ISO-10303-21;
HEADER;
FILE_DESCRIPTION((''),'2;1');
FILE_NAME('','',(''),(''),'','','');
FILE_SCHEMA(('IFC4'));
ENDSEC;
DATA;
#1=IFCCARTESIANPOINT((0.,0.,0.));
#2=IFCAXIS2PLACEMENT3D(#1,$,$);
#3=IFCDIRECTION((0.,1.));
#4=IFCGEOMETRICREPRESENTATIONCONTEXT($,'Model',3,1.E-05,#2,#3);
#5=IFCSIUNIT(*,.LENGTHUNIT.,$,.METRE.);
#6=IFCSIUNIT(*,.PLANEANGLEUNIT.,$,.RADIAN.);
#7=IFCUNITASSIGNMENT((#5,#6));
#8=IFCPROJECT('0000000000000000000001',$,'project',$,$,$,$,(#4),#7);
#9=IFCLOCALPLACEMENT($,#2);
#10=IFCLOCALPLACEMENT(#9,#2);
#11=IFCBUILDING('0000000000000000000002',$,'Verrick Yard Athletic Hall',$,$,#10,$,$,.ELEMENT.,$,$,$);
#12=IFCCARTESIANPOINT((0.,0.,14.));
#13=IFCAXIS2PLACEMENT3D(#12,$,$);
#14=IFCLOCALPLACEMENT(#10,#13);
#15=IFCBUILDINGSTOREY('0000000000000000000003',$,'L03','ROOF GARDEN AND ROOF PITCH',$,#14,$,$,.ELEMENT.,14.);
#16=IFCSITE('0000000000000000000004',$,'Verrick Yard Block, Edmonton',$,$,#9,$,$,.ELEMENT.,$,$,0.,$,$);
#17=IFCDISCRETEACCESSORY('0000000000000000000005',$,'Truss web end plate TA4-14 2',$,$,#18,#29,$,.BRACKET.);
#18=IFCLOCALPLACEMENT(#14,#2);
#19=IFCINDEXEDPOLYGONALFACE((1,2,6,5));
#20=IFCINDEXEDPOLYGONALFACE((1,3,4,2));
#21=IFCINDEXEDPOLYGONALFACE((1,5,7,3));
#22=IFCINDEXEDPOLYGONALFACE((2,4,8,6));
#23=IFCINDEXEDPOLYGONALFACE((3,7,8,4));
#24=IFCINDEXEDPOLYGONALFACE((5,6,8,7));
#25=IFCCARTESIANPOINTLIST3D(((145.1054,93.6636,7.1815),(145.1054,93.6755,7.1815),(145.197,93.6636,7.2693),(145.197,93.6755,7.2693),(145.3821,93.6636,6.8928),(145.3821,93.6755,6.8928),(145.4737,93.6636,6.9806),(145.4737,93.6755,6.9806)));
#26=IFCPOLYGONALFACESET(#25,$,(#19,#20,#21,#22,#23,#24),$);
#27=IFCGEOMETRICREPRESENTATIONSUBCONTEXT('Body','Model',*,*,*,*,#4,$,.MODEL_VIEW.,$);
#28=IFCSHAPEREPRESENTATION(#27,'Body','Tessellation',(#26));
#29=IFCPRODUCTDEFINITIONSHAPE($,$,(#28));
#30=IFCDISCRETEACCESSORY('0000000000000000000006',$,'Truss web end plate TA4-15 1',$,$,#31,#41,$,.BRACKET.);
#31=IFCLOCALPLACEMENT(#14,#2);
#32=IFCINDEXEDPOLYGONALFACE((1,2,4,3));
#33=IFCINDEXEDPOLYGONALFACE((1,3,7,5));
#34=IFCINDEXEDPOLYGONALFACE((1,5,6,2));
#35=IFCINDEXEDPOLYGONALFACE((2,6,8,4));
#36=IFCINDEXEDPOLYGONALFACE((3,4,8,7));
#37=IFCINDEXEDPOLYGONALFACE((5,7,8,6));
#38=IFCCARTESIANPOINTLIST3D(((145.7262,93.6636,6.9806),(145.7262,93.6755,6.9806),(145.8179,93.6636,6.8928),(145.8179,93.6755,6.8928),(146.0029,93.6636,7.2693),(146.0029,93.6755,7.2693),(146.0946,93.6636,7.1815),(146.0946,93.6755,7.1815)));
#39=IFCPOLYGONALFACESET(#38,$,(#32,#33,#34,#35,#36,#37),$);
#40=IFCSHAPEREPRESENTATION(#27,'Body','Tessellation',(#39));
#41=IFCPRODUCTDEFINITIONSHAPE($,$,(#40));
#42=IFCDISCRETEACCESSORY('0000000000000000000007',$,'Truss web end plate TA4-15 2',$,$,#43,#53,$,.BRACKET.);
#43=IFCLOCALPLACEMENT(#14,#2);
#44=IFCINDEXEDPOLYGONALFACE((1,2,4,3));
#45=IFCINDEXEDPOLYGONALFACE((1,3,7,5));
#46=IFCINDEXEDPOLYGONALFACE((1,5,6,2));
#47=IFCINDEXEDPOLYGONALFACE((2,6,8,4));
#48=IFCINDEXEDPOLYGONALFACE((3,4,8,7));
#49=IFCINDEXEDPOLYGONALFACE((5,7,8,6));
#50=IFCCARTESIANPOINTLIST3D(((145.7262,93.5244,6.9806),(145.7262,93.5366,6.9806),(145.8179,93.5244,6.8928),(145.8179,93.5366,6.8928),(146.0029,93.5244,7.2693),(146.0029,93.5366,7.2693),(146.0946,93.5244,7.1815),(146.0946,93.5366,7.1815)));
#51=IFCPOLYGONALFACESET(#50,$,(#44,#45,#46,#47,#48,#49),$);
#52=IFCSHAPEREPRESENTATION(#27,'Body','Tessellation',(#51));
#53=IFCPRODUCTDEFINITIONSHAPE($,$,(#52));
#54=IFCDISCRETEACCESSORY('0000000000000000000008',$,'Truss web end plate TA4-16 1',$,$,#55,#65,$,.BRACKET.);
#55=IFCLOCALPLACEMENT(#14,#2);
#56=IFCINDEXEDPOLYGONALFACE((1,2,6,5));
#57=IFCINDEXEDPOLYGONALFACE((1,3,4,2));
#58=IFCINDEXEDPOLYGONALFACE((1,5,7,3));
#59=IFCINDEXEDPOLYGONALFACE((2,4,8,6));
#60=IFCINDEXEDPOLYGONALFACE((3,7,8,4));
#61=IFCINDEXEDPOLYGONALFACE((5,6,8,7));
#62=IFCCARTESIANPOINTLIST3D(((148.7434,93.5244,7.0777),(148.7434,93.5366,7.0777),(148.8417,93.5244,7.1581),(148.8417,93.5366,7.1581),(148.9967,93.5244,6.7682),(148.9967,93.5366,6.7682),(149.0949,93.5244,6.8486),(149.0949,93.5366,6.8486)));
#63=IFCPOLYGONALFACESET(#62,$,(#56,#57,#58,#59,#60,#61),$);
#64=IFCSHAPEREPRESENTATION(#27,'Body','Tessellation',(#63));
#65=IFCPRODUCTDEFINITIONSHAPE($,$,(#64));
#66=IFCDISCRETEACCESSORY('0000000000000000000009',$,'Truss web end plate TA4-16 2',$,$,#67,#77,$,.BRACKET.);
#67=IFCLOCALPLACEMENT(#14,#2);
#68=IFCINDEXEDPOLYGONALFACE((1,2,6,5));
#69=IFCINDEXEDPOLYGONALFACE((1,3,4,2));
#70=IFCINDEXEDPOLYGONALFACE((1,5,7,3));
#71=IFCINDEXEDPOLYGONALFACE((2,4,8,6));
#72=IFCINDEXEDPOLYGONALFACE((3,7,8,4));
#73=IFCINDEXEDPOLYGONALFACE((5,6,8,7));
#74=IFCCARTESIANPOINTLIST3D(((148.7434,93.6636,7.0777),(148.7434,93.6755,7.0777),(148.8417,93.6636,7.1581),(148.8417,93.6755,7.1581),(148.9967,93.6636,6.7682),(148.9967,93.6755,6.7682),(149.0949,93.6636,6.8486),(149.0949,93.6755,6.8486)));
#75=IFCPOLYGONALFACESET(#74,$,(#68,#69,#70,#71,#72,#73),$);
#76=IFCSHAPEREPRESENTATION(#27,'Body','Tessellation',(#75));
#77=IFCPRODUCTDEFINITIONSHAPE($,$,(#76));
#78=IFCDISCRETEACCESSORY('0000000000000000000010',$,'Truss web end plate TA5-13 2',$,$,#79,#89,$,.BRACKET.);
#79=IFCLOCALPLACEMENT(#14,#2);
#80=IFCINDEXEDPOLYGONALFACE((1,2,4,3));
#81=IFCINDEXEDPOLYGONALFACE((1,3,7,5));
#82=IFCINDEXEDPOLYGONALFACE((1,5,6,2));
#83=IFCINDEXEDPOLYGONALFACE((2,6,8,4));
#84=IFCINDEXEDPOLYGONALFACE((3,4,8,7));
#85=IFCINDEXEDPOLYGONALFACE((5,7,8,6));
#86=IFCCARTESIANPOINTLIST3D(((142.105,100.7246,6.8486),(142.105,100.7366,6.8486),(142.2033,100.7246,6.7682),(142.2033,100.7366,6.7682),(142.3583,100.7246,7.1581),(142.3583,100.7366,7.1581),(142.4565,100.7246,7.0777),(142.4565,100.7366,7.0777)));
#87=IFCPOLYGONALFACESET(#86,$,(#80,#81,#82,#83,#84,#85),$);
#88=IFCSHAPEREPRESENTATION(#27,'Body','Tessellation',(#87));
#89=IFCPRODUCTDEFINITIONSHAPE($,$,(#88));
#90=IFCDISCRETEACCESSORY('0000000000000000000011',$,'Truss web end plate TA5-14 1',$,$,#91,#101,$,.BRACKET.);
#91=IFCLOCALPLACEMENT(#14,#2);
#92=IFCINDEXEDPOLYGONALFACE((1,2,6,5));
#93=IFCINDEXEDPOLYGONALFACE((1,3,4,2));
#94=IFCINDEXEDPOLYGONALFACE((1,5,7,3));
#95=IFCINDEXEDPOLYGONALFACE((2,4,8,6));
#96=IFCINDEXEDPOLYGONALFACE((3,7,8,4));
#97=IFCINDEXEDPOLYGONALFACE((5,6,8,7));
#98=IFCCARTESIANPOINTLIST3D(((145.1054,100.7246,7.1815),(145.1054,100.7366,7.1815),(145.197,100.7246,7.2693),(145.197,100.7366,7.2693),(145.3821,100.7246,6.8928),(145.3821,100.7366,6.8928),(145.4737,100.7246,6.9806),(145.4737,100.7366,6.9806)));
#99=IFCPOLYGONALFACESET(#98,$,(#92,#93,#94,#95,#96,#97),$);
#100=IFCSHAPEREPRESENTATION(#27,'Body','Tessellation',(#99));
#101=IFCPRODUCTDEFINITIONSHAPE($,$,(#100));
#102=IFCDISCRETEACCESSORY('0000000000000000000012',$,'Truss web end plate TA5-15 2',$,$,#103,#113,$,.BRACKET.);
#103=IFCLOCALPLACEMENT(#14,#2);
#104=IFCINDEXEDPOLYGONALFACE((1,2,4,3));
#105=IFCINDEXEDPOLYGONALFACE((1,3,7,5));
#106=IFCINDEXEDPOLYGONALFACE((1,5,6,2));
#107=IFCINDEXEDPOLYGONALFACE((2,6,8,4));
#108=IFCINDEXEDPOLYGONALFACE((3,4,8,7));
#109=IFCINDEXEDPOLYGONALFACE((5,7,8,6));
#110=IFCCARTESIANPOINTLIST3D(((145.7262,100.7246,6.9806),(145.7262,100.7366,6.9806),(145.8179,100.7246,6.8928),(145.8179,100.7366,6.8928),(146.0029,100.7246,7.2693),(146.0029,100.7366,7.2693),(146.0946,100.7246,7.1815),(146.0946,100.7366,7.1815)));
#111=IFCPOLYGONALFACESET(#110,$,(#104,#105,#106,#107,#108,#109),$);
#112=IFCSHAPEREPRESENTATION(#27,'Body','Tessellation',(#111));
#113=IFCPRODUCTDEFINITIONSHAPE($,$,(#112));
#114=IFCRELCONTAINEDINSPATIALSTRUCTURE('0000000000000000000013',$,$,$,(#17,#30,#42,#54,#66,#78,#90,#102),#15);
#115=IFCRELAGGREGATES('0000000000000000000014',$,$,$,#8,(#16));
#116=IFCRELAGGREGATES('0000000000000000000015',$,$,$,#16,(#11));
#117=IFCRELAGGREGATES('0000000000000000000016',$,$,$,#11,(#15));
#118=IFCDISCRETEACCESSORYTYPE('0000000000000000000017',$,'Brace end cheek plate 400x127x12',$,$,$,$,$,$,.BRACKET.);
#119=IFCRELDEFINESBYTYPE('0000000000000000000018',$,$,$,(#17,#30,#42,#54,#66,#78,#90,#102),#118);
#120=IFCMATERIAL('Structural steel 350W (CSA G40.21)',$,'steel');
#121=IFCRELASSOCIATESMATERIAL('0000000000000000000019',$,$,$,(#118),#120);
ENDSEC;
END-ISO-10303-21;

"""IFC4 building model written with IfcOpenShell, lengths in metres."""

from ifc_helpers import new_model, si_unit, direction, frame, origin, origin_2d, place, context, subcontext, project, spatial, rectangle, extrude, material, material_profile, profile_set, type_object, element, save


model = new_model("IFC4")

# Units and contexts
model_context = context("Model", 3, precision=1e-05, world=origin(), true_north=direction((0.0, 1.0)))
body_context = subcontext(model_context, "Body", "Model", "MODEL_VIEW")
ifc_project = project(units=[si_unit("LENGTHUNIT", "METRE"), si_unit("PLANEANGLEUNIT", "RADIAN")], contexts=[model_context])

# Site, building, storey
site_placement = place(None, origin())
site = spatial("IfcSite", under=ifc_project, at=site_placement, Name="Verrick Yard Block, Edmonton", CompositionType="ELEMENT", RefElevation=0.0)
building_placement = place(site_placement, origin())
building = spatial("IfcBuilding", under=site, at=building_placement, Name="Verrick Yard Athletic Hall", CompositionType="ELEMENT")
storey_placement = place(building_placement, frame((0.0, 0.0, 14.0)))
storey = spatial("IfcBuildingStorey", under=building, at=storey_placement, Name="L03", Description="ROOF GARDEN AND ROOF PITCH", CompositionType="ELEMENT", Elevation=14.0)

# Discrete accessories
ifc_material_1 = material(Name="Structural steel 350W (CSA G40.21)", Category="steel")
ifc_material_profile_1 = material_profile(ifc_material_1, rectangle(XDim=0.3999, YDim=0.127, at=origin_2d()), Name="Brace end cheek plate")
ifc_profile_set_1 = profile_set([ifc_material_profile_1], Name="Structural steel 350W (CSA G40.21)")
discrete_accessory_type = type_object("IfcDiscreteAccessoryType", Name="Brace end cheek plate 400x127x12", PredefinedType="BRACKET", material=ifc_profile_set_1)
for number, where, z_axis, x_axis, name in (
    (1, (145.2896, 93.6636, 7.0811), (0.0, 1.0, 0.0), (-0.691925, 0.0, 0.721969), "Truss web end plate TA4-14 2"),
    (2, (145.9104, 93.6636, 7.0811), (0.0, 1.0, 0.0), (0.691925, 0.0, 0.721969), "Truss web end plate TA4-15 1"),
):
    element("IfcDiscreteAccessory", number, at=place(storey_placement, frame(where, z_axis=z_axis, x_axis=x_axis)), inside=storey, type_object=discrete_accessory_type, Name=name, PredefinedType="BRACKET", context=body_context, shape_type="SweptSolid", body=[
        extrude(rectangle(XDim=0.3999, YDim=0.127, at=origin_2d()), origin(), (0.0, 0.0, 1.0), 0.012),
    ])
for number, where, z_axis, x_axis, name in (
    (3, (145.9104, 93.5366, 7.0811), (0.0, -1.0, 0.0), (0.691925, 0.0, 0.721969), "Truss web end plate TA4-15 2"),
    (4, (148.9192, 93.5366, 6.9631), (0.0, -1.0, 0.0), (-0.633246, 0.0, 0.773951), "Truss web end plate TA4-16 1"),
):
    element("IfcDiscreteAccessory", number, at=place(storey_placement, frame(where, z_axis=z_axis, x_axis=x_axis)), inside=storey, type_object=discrete_accessory_type, Name=name, PredefinedType="BRACKET", context=body_context, shape_type="SweptSolid", body=[
        extrude(rectangle(XDim=0.3999, YDim=0.127, at=origin_2d()), origin(), (0.0, 0.0, 1.0), 0.0122),
    ])
for number, where, z_axis, x_axis, name in (
    (5, (148.9192, 93.6636, 6.9631), (0.0, 1.0, 0.0), (-0.633246, 0.0, 0.773951), "Truss web end plate TA4-16 2"),
    (6, (142.2808, 100.7366, 6.9631), (0.0, -1.0, 0.0), (0.633246, 0.0, 0.773951), "Truss web end plate TA5-13 2"),
    (7, (145.2896, 100.7366, 7.0811), (0.0, -1.0, 0.0), (-0.691925, 0.0, 0.721969), "Truss web end plate TA5-14 1"),
    (8, (145.9104, 100.7366, 7.0811), (0.0, -1.0, 0.0), (0.691925, 0.0, 0.721969), "Truss web end plate TA5-15 2"),
):
    element("IfcDiscreteAccessory", number, at=place(storey_placement, frame(where, z_axis=z_axis, x_axis=x_axis)), inside=storey, type_object=discrete_accessory_type, Name=name, PredefinedType="BRACKET", context=body_context, shape_type="SweptSolid", body=[
        extrude(rectangle(XDim=0.3999, YDim=0.127, at=origin_2d()), origin(), (0.0, 0.0, 1.0), 0.012),
    ])

save(model, "model.ifc")
